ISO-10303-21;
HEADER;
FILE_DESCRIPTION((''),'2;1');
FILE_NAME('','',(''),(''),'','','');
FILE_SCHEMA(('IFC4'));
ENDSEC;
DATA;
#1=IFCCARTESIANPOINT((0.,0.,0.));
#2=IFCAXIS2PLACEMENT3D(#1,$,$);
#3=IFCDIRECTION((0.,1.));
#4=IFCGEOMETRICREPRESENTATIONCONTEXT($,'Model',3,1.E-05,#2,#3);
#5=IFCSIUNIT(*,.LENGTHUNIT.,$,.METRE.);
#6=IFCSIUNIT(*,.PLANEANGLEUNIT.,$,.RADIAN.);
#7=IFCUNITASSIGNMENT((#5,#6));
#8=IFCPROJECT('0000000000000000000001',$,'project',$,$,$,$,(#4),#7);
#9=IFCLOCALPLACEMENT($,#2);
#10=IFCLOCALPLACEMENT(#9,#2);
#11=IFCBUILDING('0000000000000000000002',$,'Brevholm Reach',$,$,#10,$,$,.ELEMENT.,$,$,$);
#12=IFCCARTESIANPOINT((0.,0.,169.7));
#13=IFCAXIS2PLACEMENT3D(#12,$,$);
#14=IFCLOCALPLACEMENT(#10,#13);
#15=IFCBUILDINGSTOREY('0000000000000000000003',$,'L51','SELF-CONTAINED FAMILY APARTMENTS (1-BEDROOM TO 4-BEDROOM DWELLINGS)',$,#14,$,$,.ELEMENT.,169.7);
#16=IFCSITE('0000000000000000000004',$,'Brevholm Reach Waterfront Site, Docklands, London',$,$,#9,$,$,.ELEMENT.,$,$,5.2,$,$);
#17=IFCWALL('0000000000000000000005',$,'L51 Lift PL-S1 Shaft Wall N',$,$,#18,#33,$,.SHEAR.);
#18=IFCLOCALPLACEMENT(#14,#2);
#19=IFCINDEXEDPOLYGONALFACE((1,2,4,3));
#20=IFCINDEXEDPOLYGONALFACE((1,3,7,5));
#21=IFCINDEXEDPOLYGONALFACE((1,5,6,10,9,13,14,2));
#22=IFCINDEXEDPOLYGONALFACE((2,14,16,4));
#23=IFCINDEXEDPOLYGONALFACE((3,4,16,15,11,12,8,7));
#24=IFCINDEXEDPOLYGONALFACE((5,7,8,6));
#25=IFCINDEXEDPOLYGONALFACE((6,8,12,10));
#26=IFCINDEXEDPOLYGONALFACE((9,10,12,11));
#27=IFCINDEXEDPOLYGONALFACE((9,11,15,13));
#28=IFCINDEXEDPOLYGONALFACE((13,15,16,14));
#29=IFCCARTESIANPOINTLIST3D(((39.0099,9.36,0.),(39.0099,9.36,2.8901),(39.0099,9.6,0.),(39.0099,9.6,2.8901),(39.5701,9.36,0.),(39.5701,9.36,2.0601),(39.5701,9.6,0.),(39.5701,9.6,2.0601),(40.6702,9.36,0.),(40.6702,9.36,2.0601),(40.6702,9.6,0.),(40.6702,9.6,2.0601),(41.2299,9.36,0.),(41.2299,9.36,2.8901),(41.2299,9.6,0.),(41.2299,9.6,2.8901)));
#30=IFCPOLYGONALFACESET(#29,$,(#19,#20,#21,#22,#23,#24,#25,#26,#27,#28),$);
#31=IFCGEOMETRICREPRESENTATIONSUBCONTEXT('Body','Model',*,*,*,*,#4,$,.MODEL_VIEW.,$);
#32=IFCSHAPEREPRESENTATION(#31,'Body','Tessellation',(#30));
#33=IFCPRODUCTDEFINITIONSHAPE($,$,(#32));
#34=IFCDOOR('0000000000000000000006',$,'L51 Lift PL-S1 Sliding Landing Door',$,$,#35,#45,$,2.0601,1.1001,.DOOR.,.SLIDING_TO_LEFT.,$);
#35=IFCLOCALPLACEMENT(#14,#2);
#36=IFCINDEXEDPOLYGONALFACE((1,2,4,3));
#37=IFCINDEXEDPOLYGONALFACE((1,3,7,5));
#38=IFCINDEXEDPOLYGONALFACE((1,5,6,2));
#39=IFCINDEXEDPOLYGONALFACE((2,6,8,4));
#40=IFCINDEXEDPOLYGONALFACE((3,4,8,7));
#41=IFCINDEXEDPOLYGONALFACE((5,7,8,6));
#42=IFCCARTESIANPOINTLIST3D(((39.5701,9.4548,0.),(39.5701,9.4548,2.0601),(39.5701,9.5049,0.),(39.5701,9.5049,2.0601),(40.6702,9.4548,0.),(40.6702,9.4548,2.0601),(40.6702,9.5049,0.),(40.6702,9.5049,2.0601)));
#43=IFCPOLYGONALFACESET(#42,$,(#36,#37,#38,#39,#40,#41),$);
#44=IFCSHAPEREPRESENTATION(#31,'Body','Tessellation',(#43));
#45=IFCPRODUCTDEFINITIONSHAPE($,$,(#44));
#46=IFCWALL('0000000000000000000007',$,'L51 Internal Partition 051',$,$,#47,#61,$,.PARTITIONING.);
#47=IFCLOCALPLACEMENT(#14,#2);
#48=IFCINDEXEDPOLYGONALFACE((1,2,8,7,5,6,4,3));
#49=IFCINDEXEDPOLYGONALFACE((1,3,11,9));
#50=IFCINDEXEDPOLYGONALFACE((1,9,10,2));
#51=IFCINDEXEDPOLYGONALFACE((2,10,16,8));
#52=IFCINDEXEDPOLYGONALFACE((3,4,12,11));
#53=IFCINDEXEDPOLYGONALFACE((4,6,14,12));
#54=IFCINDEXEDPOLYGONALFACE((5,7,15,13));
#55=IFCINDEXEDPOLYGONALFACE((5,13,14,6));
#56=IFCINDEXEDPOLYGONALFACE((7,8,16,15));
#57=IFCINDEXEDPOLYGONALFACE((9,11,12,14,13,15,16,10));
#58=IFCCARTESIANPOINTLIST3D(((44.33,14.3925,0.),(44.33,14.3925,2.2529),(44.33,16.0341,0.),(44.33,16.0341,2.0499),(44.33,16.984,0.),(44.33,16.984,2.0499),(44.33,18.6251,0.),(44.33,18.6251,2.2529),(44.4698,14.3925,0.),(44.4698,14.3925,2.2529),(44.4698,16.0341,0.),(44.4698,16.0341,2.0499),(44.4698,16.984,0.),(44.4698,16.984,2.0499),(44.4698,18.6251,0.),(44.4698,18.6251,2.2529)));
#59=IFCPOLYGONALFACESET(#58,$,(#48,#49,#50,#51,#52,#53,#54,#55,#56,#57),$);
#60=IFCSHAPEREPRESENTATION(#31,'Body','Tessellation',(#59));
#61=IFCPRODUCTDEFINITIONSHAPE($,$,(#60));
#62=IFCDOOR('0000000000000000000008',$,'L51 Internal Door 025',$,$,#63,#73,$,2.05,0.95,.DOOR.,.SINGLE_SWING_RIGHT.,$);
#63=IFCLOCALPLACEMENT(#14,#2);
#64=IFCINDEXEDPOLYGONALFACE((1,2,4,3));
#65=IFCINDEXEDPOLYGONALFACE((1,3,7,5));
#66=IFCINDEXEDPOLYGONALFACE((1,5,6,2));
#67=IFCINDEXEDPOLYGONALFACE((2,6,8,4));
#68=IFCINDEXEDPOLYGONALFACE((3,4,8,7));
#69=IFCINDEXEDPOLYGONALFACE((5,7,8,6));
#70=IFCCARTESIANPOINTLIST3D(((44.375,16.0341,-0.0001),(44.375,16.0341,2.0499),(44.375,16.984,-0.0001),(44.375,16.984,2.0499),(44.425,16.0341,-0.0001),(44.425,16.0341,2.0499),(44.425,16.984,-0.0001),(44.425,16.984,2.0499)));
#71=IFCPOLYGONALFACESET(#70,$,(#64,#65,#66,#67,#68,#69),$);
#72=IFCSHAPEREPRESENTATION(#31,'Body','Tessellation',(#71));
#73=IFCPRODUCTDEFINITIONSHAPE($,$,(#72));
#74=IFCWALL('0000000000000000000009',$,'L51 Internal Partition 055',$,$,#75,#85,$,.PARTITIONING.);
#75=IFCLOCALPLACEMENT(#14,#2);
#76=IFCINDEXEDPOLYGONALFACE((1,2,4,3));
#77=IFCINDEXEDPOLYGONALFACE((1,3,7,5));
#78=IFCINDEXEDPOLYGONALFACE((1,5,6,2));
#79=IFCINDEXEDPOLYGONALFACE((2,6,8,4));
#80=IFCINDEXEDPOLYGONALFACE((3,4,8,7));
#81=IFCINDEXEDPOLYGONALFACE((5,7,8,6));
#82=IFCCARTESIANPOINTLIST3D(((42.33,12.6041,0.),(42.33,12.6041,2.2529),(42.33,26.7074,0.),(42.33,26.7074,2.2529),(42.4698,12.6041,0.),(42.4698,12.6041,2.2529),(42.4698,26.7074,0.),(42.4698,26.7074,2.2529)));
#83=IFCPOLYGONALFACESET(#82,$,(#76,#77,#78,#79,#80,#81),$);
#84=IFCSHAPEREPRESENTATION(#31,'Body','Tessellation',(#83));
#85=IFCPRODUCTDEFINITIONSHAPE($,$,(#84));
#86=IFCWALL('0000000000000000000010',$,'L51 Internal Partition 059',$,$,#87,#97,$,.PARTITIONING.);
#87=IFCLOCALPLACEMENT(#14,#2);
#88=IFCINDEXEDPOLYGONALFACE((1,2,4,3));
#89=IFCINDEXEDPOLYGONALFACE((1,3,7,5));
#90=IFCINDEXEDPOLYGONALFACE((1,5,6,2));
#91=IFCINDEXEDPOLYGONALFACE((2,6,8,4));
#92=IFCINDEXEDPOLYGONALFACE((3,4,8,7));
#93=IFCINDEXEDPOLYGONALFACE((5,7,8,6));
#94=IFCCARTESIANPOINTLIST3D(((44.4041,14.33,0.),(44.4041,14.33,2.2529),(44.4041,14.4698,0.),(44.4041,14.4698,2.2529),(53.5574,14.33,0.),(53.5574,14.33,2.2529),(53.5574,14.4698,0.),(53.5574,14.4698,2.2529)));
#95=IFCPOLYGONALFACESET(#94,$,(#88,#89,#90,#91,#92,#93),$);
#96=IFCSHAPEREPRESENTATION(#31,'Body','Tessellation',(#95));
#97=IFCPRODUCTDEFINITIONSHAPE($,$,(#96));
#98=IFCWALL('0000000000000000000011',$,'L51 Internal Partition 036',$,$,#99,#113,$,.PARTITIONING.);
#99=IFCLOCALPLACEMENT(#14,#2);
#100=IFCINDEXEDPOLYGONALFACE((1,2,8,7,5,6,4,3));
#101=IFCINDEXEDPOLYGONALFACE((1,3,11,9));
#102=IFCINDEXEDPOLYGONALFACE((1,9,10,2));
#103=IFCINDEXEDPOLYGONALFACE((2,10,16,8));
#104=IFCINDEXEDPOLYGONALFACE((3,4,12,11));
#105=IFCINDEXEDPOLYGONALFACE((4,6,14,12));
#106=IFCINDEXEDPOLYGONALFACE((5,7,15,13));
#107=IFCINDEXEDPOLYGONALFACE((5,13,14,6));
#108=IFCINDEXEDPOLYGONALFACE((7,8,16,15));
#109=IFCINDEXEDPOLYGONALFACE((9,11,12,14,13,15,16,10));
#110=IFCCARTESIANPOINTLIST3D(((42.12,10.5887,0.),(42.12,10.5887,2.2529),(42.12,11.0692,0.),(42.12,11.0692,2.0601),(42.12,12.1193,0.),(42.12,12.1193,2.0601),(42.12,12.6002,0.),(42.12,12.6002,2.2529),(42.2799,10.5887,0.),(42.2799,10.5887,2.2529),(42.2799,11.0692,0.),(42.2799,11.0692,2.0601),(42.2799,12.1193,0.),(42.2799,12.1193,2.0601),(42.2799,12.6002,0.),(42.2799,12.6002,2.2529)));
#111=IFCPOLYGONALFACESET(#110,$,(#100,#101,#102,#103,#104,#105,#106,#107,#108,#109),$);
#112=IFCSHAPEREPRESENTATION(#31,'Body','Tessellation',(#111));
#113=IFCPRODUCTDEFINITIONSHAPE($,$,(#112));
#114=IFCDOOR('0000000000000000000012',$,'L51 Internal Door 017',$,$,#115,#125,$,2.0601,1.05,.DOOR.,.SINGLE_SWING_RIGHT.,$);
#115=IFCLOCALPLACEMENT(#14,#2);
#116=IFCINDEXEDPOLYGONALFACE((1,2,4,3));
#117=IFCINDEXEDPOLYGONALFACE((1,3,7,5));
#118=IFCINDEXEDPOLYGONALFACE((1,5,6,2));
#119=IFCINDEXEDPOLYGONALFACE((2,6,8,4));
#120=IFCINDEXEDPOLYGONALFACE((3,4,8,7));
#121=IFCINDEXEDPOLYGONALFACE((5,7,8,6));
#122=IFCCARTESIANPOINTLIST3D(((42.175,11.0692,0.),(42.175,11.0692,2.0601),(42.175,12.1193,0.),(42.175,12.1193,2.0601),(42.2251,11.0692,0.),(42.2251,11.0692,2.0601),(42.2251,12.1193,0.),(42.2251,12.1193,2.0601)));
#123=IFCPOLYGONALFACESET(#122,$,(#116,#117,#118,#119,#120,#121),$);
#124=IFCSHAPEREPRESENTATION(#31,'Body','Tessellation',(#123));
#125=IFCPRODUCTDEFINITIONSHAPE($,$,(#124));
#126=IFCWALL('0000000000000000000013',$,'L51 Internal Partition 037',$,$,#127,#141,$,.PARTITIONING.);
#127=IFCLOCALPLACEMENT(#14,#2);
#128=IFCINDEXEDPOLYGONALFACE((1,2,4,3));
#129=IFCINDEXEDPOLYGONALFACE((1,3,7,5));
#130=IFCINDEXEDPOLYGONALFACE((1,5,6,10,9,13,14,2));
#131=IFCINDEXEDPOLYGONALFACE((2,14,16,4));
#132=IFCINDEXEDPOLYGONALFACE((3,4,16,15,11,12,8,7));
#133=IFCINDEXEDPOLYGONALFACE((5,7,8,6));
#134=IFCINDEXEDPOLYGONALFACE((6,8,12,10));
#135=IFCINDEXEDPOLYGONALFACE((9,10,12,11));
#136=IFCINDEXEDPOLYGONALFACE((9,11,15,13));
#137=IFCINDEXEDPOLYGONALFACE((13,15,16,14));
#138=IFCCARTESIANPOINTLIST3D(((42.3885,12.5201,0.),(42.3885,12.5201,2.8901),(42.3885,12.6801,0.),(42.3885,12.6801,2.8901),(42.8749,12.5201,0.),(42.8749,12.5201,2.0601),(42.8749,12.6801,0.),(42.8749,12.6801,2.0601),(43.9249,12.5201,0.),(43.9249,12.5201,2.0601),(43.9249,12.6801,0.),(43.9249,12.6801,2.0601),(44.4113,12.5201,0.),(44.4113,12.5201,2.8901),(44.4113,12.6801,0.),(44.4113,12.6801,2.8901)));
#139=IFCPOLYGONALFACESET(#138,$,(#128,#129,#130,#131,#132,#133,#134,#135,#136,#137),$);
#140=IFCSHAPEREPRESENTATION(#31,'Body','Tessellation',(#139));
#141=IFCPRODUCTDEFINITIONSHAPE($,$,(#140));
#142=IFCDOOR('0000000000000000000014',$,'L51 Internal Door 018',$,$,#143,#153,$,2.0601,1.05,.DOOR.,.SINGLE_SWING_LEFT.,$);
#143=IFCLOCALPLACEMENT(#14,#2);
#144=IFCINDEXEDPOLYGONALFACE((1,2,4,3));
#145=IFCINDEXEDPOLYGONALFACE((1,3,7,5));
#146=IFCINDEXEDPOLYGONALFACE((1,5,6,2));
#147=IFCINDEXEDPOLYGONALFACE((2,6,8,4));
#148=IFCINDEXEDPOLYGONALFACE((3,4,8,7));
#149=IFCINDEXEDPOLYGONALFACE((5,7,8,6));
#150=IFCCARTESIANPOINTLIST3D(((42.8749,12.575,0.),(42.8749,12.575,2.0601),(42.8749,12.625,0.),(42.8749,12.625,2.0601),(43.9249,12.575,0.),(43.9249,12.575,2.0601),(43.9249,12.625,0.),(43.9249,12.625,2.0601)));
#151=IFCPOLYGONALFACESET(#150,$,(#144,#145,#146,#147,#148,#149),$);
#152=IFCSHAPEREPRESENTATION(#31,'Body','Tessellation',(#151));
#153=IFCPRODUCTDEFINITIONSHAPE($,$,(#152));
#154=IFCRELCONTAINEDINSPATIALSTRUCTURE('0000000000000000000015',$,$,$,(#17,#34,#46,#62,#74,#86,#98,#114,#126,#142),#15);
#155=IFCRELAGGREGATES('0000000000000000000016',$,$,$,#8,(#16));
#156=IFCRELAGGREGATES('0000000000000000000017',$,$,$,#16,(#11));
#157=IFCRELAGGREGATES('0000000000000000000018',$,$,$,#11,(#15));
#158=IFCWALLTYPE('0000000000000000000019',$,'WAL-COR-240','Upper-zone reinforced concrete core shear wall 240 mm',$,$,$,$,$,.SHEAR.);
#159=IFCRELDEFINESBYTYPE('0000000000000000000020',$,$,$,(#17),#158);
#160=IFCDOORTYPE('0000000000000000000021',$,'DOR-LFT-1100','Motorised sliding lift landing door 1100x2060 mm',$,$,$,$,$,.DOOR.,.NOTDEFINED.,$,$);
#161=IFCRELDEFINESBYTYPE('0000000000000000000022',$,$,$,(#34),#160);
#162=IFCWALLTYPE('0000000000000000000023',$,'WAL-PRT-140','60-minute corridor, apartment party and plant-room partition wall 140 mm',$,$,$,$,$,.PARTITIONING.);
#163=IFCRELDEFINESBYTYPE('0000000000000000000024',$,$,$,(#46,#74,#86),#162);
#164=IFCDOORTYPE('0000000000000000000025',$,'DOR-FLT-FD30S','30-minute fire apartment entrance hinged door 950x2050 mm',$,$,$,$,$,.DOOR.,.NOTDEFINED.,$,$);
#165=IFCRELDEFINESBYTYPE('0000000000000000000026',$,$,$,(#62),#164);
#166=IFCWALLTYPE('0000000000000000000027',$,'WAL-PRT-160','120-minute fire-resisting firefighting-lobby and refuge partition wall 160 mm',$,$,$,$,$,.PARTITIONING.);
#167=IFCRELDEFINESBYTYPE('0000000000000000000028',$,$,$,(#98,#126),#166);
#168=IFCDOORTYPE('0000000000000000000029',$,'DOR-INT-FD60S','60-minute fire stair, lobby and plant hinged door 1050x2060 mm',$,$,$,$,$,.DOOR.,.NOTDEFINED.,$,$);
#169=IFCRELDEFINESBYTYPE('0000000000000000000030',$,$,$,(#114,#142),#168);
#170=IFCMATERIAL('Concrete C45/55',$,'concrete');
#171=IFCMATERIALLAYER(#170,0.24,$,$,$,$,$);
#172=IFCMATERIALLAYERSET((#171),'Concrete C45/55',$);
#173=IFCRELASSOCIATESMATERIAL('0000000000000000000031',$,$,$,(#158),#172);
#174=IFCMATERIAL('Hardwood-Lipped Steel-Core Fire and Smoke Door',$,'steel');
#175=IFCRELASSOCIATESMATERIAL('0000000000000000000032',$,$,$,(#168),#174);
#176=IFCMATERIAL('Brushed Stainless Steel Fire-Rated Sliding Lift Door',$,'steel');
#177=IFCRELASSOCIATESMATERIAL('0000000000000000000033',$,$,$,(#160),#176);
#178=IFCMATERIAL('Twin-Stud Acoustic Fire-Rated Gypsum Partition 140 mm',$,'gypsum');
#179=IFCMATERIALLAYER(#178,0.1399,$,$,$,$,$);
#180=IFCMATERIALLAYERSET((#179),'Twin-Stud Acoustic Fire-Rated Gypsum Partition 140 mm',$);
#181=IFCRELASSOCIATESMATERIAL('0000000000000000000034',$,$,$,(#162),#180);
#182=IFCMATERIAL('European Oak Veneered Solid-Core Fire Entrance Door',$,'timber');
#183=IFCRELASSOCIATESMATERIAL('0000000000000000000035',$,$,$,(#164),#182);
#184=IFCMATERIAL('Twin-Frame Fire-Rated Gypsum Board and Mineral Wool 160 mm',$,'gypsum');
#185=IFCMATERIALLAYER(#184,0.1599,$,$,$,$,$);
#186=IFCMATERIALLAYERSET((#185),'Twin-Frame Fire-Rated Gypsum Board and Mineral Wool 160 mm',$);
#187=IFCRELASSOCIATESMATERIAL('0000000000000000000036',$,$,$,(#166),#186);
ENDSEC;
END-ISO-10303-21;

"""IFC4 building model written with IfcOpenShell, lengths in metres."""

from ifc_helpers import new_model, si_unit, direction, frame, frame_2d, origin, place, context, subcontext, project, spatial, rectangle, extrude, material, layer, layer_set, type_object, element, fill, save


model = new_model("IFC4")

# Units and contexts
model_context = context("Model", 3, precision=1e-05, world=origin(), true_north=direction((0.0, 1.0)))
body_context = subcontext(model_context, "Body", "Model", "MODEL_VIEW")
ifc_project = project(units=[si_unit("LENGTHUNIT", "METRE"), si_unit("PLANEANGLEUNIT", "RADIAN")], contexts=[model_context])

# Site, building, storey
site_placement = place(None, origin())
site = spatial("IfcSite", under=ifc_project, at=site_placement, Name="Brevholm Reach Waterfront Site, Docklands, London", CompositionType="ELEMENT", RefElevation=5.2)
building_placement = place(site_placement, origin())
building = spatial("IfcBuilding", under=site, at=building_placement, Name="Brevholm Reach", CompositionType="ELEMENT")
storey_placement = place(building_placement, frame((0.0, 0.0, 169.7)))
storey = spatial("IfcBuildingStorey", under=building, at=storey_placement, Name="L51", Description="SELF-CONTAINED FAMILY APARTMENTS (1-BEDROOM TO 4-BEDROOM DWELLINGS)", CompositionType="ELEMENT", Elevation=169.7)

# Shared definitions
ifc_material_1 = material(Name="Concrete C45/55", Category="concrete")
ifc_layer_1 = layer(ifc_material_1, 0.24)
ifc_layer_set_1 = layer_set([ifc_layer_1], Name="Concrete C45/55")
wall_type_1 = type_object("IfcWallType", Name="WAL-COR-240", Description="Upper-zone reinforced concrete core shear wall 240 mm", PredefinedType="SHEAR", material=ifc_layer_set_1)
ifc_material_2 = material(Name="Hardwood-Lipped Steel-Core Fire and Smoke Door", Category="steel")
door_type_1 = type_object("IfcDoorType", Name="DOR-INT-FD60S", Description="60-minute fire stair, lobby and plant hinged door 1050x2060 mm", OperationType="NOTDEFINED", PredefinedType="DOOR", material=ifc_material_2)

# Walls, openings, doors
wall_1_placement = place(storey_placement, frame((39.01, 9.48, 0.0), z_axis=(0.0, 0.0, 1.0), x_axis=(1.0, 0.0, 0.0)))
wall_1 = element("IfcWall", 1, at=wall_1_placement, inside=storey, type_object=wall_type_1, Name="L51 Lift PL-S1 Shaft Wall N", PredefinedType="SHEAR", context=body_context, shape_type="SweptSolid", body=[
    extrude(rectangle(XDim=2.22, YDim=0.24, at=frame_2d((1.1099, 0.0))), origin(), (0.0, 0.0, 1.0), 2.8901),
])
opening_1_placement = place(wall_1_placement, frame((0.5601, 0.0, 0.0)))
opening_1 = element("IfcOpeningElement", 2, at=opening_1_placement, cuts=wall_1, PredefinedType="OPENING", context=body_context, shape_type="SweptSolid", body=[
    extrude(rectangle(XDim=1.1001, YDim=2.0601, at=frame_2d((0.55, 1.03))), frame((0.0, 0.1299, 0.0), z_axis=(0.0, -1.0, 0.0), x_axis=(1.0, 0.0, 0.0)), (0.0, 0.0, 1.0), 0.26),
])
ifc_material_3 = material(Name="Brushed Stainless Steel Fire-Rated Sliding Lift Door", Category="steel")
door_type_2 = type_object("IfcDoorType", Name="DOR-LFT-1100", Description="Motorised sliding lift landing door 1100x2060 mm", OperationType="NOTDEFINED", PredefinedType="DOOR", material=ifc_material_3)
door_1_placement = place(opening_1_placement, origin())
door_1 = element("IfcDoor", 3, at=door_1_placement, inside=storey, type_object=door_type_2, Name="L51 Lift PL-S1 Sliding Landing Door", OperationType="SLIDING_TO_LEFT", OverallHeight=2.0601, OverallWidth=1.1001, PredefinedType="DOOR", context=body_context, shape_type="SweptSolid", body=[
    extrude(rectangle(XDim=1.1001, YDim=2.0601, at=frame_2d((0.55, 1.03))), frame((0.0, 0.0249, 0.0), z_axis=(0.0, -1.0, 0.0), x_axis=(1.0, 0.0, 0.0)), (0.0, 0.0, 1.0), 0.05),
])
fill(opening_1, door_1)
ifc_material_4 = material(Name="Twin-Stud Acoustic Fire-Rated Gypsum Partition 140 mm", Category="gypsum")
ifc_layer_2 = layer(ifc_material_4, 0.1399)
ifc_layer_set_2 = layer_set([ifc_layer_2], Name="Twin-Stud Acoustic Fire-Rated Gypsum Partition 140 mm")
wall_type_2 = type_object("IfcWallType", Name="WAL-PRT-140", Description="60-minute corridor, apartment party and plant-room partition wall 140 mm", PredefinedType="PARTITIONING", material=ifc_layer_set_2)
wall_2_placement = place(storey_placement, frame((44.3999, 14.3926, 0.0), z_axis=(0.0, 0.0, 1.0), x_axis=(0.0, 1.0, 0.0)))
wall_2 = element("IfcWall", 4, at=wall_2_placement, inside=storey, type_object=wall_type_2, Name="L51 Internal Partition 051", PredefinedType="PARTITIONING", context=body_context, shape_type="SweptSolid", body=[
    extrude(rectangle(XDim=4.2327, YDim=0.1399, at=frame_2d((2.1162, 0.0))), origin(), (0.0, 0.0, 1.0), 2.2529),
])
opening_2_placement = place(wall_2_placement, frame((1.6414, 0.0, 0.0)))
opening_2 = element("IfcOpeningElement", 5, at=opening_2_placement, cuts=wall_2, PredefinedType="OPENING", context=body_context, shape_type="SweptSolid", body=[
    extrude(rectangle(XDim=0.95, YDim=2.05, at=frame_2d((0.4751, 1.0249))), frame((0.0, 0.0798, 0.0), z_axis=(0.0, -1.0, 0.0), x_axis=(1.0, 0.0, 0.0)), (0.0, 0.0, 1.0), 0.1599),
])
ifc_material_5 = material(Name="European Oak Veneered Solid-Core Fire Entrance Door", Category="timber")
door_type_3 = type_object("IfcDoorType", Name="DOR-FLT-FD30S", Description="30-minute fire apartment entrance hinged door 950x2050 mm", OperationType="NOTDEFINED", PredefinedType="DOOR", material=ifc_material_5)
door_2_placement = place(opening_2_placement, origin())
door_2 = element("IfcDoor", 6, at=door_2_placement, inside=storey, type_object=door_type_3, Name="L51 Internal Door 025", OperationType="SINGLE_SWING_RIGHT", OverallHeight=2.05, OverallWidth=0.95, PredefinedType="DOOR", context=body_context, shape_type="SweptSolid", body=[
    extrude(rectangle(XDim=0.95, YDim=2.05, at=frame_2d((0.4751, 1.0249))), frame((0.0, 0.0249, 0.0), z_axis=(0.0, -1.0, 0.0), x_axis=(1.0, 0.0, 0.0)), (0.0, 0.0, 1.0), 0.05),
])
fill(opening_2, door_2)

# Walls
wall_3_placement = place(storey_placement, frame((42.3999, 12.604, 0.0), z_axis=(0.0, 0.0, 1.0), x_axis=(0.0, 1.0, 0.0)))
element("IfcWall", 7, at=wall_3_placement, inside=storey, type_object=wall_type_2, Name="L51 Internal Partition 055", PredefinedType="PARTITIONING", context=body_context, shape_type="SweptSolid", body=[
    extrude(rectangle(XDim=14.1033, YDim=0.1399, at=frame_2d((7.0518, 0.0))), origin(), (0.0, 0.0, 1.0), 2.2529),
])
wall_4_placement = place(storey_placement, frame((44.4041, 14.3999, 0.0), z_axis=(0.0, 0.0, 1.0), x_axis=(1.0, 0.0, 0.0)))
element("IfcWall", 8, at=wall_4_placement, inside=storey, type_object=wall_type_2, Name="L51 Internal Partition 059", PredefinedType="PARTITIONING", context=body_context, shape_type="SweptSolid", body=[
    extrude(rectangle(XDim=9.1533, YDim=0.1399, at=frame_2d((4.5767, 0.0))), origin(), (0.0, 0.0, 1.0), 2.2529),
])

# Walls, openings, doors
ifc_material_6 = material(Name="Twin-Frame Fire-Rated Gypsum Board and Mineral Wool 160 mm", Category="gypsum")
ifc_layer_3 = layer(ifc_material_6, 0.1599)
ifc_layer_set_3 = layer_set([ifc_layer_3], Name="Twin-Frame Fire-Rated Gypsum Board and Mineral Wool 160 mm")
wall_type_3 = type_object("IfcWallType", Name="WAL-PRT-160", Description="120-minute fire-resisting firefighting-lobby and refuge partition wall 160 mm", PredefinedType="PARTITIONING", material=ifc_layer_set_3)
wall_5_placement = place(storey_placement, frame((42.2, 10.5886, 0.0), z_axis=(0.0, 0.0, 1.0), x_axis=(0.0, 1.0, 0.0)))
wall_5 = element("IfcWall", 9, at=wall_5_placement, inside=storey, type_object=wall_type_3, Name="L51 Internal Partition 036", PredefinedType="PARTITIONING", context=body_context, shape_type="SweptSolid", body=[
    extrude(rectangle(XDim=2.0115, YDim=0.1599, at=frame_2d((1.0059, 0.0))), origin(), (0.0, 0.0, 1.0), 2.2529),
])
opening_3_placement = place(wall_5_placement, frame((0.4807, 0.0, 0.0)))
opening_3 = element("IfcOpeningElement", 10, at=opening_3_placement, cuts=wall_5, PredefinedType="OPENING", context=body_context, shape_type="SweptSolid", body=[
    extrude(rectangle(XDim=1.05, YDim=2.0601, at=frame_2d((0.5249, 1.03))), frame((0.0, 0.0898, 0.0), z_axis=(0.0, -1.0, 0.0), x_axis=(1.0, 0.0, 0.0)), (0.0, 0.0, 1.0), 0.1799),
])
door_3_placement = place(opening_3_placement, origin())
door_3 = element("IfcDoor", 11, at=door_3_placement, inside=storey, type_object=door_type_1, Name="L51 Internal Door 017", OperationType="SINGLE_SWING_RIGHT", OverallHeight=2.0601, OverallWidth=1.05, PredefinedType="DOOR", context=body_context, shape_type="SweptSolid", body=[
    extrude(rectangle(XDim=1.05, YDim=2.0601, at=frame_2d((0.5249, 1.03))), frame((0.0, 0.0249, 0.0), z_axis=(0.0, -1.0, 0.0), x_axis=(1.0, 0.0, 0.0)), (0.0, 0.0, 1.0), 0.05),
])
fill(opening_3, door_3)
wall_6_placement = place(storey_placement, frame((42.3887, 12.6001, 0.0), z_axis=(0.0, 0.0, 1.0), x_axis=(1.0, 0.0, 0.0)))
wall_6 = element("IfcWall", 12, at=wall_6_placement, inside=storey, type_object=wall_type_3, Name="L51 Internal Partition 037", PredefinedType="PARTITIONING", context=body_context, shape_type="SweptSolid", body=[
    extrude(rectangle(XDim=2.0227, YDim=0.1599, at=frame_2d((1.0112, 0.0))), origin(), (0.0, 0.0, 1.0), 2.8901),
])
opening_4_placement = place(wall_6_placement, frame((0.4863, 0.0, 0.0)))
opening_4 = element("IfcOpeningElement", 13, at=opening_4_placement, cuts=wall_6, PredefinedType="OPENING", context=body_context, shape_type="SweptSolid", body=[
    extrude(rectangle(XDim=1.05, YDim=2.0601, at=frame_2d((0.5249, 1.03))), frame((0.0, 0.0898, 0.0), z_axis=(0.0, -1.0, 0.0), x_axis=(1.0, 0.0, 0.0)), (0.0, 0.0, 1.0), 0.1799),
])
door_4_placement = place(opening_4_placement, origin())
door_4 = element("IfcDoor", 14, at=door_4_placement, inside=storey, type_object=door_type_1, Name="L51 Internal Door 018", OperationType="SINGLE_SWING_LEFT", OverallHeight=2.0601, OverallWidth=1.05, PredefinedType="DOOR", context=body_context, shape_type="SweptSolid", body=[
    extrude(rectangle(XDim=1.05, YDim=2.0601, at=frame_2d((0.5249, 1.03))), frame((0.0, 0.0249, 0.0), z_axis=(0.0, -1.0, 0.0), x_axis=(1.0, 0.0, 0.0)), (0.0, 0.0, 1.0), 0.05),
])
fill(opening_4, door_4)

save(model, "model.ifc")
